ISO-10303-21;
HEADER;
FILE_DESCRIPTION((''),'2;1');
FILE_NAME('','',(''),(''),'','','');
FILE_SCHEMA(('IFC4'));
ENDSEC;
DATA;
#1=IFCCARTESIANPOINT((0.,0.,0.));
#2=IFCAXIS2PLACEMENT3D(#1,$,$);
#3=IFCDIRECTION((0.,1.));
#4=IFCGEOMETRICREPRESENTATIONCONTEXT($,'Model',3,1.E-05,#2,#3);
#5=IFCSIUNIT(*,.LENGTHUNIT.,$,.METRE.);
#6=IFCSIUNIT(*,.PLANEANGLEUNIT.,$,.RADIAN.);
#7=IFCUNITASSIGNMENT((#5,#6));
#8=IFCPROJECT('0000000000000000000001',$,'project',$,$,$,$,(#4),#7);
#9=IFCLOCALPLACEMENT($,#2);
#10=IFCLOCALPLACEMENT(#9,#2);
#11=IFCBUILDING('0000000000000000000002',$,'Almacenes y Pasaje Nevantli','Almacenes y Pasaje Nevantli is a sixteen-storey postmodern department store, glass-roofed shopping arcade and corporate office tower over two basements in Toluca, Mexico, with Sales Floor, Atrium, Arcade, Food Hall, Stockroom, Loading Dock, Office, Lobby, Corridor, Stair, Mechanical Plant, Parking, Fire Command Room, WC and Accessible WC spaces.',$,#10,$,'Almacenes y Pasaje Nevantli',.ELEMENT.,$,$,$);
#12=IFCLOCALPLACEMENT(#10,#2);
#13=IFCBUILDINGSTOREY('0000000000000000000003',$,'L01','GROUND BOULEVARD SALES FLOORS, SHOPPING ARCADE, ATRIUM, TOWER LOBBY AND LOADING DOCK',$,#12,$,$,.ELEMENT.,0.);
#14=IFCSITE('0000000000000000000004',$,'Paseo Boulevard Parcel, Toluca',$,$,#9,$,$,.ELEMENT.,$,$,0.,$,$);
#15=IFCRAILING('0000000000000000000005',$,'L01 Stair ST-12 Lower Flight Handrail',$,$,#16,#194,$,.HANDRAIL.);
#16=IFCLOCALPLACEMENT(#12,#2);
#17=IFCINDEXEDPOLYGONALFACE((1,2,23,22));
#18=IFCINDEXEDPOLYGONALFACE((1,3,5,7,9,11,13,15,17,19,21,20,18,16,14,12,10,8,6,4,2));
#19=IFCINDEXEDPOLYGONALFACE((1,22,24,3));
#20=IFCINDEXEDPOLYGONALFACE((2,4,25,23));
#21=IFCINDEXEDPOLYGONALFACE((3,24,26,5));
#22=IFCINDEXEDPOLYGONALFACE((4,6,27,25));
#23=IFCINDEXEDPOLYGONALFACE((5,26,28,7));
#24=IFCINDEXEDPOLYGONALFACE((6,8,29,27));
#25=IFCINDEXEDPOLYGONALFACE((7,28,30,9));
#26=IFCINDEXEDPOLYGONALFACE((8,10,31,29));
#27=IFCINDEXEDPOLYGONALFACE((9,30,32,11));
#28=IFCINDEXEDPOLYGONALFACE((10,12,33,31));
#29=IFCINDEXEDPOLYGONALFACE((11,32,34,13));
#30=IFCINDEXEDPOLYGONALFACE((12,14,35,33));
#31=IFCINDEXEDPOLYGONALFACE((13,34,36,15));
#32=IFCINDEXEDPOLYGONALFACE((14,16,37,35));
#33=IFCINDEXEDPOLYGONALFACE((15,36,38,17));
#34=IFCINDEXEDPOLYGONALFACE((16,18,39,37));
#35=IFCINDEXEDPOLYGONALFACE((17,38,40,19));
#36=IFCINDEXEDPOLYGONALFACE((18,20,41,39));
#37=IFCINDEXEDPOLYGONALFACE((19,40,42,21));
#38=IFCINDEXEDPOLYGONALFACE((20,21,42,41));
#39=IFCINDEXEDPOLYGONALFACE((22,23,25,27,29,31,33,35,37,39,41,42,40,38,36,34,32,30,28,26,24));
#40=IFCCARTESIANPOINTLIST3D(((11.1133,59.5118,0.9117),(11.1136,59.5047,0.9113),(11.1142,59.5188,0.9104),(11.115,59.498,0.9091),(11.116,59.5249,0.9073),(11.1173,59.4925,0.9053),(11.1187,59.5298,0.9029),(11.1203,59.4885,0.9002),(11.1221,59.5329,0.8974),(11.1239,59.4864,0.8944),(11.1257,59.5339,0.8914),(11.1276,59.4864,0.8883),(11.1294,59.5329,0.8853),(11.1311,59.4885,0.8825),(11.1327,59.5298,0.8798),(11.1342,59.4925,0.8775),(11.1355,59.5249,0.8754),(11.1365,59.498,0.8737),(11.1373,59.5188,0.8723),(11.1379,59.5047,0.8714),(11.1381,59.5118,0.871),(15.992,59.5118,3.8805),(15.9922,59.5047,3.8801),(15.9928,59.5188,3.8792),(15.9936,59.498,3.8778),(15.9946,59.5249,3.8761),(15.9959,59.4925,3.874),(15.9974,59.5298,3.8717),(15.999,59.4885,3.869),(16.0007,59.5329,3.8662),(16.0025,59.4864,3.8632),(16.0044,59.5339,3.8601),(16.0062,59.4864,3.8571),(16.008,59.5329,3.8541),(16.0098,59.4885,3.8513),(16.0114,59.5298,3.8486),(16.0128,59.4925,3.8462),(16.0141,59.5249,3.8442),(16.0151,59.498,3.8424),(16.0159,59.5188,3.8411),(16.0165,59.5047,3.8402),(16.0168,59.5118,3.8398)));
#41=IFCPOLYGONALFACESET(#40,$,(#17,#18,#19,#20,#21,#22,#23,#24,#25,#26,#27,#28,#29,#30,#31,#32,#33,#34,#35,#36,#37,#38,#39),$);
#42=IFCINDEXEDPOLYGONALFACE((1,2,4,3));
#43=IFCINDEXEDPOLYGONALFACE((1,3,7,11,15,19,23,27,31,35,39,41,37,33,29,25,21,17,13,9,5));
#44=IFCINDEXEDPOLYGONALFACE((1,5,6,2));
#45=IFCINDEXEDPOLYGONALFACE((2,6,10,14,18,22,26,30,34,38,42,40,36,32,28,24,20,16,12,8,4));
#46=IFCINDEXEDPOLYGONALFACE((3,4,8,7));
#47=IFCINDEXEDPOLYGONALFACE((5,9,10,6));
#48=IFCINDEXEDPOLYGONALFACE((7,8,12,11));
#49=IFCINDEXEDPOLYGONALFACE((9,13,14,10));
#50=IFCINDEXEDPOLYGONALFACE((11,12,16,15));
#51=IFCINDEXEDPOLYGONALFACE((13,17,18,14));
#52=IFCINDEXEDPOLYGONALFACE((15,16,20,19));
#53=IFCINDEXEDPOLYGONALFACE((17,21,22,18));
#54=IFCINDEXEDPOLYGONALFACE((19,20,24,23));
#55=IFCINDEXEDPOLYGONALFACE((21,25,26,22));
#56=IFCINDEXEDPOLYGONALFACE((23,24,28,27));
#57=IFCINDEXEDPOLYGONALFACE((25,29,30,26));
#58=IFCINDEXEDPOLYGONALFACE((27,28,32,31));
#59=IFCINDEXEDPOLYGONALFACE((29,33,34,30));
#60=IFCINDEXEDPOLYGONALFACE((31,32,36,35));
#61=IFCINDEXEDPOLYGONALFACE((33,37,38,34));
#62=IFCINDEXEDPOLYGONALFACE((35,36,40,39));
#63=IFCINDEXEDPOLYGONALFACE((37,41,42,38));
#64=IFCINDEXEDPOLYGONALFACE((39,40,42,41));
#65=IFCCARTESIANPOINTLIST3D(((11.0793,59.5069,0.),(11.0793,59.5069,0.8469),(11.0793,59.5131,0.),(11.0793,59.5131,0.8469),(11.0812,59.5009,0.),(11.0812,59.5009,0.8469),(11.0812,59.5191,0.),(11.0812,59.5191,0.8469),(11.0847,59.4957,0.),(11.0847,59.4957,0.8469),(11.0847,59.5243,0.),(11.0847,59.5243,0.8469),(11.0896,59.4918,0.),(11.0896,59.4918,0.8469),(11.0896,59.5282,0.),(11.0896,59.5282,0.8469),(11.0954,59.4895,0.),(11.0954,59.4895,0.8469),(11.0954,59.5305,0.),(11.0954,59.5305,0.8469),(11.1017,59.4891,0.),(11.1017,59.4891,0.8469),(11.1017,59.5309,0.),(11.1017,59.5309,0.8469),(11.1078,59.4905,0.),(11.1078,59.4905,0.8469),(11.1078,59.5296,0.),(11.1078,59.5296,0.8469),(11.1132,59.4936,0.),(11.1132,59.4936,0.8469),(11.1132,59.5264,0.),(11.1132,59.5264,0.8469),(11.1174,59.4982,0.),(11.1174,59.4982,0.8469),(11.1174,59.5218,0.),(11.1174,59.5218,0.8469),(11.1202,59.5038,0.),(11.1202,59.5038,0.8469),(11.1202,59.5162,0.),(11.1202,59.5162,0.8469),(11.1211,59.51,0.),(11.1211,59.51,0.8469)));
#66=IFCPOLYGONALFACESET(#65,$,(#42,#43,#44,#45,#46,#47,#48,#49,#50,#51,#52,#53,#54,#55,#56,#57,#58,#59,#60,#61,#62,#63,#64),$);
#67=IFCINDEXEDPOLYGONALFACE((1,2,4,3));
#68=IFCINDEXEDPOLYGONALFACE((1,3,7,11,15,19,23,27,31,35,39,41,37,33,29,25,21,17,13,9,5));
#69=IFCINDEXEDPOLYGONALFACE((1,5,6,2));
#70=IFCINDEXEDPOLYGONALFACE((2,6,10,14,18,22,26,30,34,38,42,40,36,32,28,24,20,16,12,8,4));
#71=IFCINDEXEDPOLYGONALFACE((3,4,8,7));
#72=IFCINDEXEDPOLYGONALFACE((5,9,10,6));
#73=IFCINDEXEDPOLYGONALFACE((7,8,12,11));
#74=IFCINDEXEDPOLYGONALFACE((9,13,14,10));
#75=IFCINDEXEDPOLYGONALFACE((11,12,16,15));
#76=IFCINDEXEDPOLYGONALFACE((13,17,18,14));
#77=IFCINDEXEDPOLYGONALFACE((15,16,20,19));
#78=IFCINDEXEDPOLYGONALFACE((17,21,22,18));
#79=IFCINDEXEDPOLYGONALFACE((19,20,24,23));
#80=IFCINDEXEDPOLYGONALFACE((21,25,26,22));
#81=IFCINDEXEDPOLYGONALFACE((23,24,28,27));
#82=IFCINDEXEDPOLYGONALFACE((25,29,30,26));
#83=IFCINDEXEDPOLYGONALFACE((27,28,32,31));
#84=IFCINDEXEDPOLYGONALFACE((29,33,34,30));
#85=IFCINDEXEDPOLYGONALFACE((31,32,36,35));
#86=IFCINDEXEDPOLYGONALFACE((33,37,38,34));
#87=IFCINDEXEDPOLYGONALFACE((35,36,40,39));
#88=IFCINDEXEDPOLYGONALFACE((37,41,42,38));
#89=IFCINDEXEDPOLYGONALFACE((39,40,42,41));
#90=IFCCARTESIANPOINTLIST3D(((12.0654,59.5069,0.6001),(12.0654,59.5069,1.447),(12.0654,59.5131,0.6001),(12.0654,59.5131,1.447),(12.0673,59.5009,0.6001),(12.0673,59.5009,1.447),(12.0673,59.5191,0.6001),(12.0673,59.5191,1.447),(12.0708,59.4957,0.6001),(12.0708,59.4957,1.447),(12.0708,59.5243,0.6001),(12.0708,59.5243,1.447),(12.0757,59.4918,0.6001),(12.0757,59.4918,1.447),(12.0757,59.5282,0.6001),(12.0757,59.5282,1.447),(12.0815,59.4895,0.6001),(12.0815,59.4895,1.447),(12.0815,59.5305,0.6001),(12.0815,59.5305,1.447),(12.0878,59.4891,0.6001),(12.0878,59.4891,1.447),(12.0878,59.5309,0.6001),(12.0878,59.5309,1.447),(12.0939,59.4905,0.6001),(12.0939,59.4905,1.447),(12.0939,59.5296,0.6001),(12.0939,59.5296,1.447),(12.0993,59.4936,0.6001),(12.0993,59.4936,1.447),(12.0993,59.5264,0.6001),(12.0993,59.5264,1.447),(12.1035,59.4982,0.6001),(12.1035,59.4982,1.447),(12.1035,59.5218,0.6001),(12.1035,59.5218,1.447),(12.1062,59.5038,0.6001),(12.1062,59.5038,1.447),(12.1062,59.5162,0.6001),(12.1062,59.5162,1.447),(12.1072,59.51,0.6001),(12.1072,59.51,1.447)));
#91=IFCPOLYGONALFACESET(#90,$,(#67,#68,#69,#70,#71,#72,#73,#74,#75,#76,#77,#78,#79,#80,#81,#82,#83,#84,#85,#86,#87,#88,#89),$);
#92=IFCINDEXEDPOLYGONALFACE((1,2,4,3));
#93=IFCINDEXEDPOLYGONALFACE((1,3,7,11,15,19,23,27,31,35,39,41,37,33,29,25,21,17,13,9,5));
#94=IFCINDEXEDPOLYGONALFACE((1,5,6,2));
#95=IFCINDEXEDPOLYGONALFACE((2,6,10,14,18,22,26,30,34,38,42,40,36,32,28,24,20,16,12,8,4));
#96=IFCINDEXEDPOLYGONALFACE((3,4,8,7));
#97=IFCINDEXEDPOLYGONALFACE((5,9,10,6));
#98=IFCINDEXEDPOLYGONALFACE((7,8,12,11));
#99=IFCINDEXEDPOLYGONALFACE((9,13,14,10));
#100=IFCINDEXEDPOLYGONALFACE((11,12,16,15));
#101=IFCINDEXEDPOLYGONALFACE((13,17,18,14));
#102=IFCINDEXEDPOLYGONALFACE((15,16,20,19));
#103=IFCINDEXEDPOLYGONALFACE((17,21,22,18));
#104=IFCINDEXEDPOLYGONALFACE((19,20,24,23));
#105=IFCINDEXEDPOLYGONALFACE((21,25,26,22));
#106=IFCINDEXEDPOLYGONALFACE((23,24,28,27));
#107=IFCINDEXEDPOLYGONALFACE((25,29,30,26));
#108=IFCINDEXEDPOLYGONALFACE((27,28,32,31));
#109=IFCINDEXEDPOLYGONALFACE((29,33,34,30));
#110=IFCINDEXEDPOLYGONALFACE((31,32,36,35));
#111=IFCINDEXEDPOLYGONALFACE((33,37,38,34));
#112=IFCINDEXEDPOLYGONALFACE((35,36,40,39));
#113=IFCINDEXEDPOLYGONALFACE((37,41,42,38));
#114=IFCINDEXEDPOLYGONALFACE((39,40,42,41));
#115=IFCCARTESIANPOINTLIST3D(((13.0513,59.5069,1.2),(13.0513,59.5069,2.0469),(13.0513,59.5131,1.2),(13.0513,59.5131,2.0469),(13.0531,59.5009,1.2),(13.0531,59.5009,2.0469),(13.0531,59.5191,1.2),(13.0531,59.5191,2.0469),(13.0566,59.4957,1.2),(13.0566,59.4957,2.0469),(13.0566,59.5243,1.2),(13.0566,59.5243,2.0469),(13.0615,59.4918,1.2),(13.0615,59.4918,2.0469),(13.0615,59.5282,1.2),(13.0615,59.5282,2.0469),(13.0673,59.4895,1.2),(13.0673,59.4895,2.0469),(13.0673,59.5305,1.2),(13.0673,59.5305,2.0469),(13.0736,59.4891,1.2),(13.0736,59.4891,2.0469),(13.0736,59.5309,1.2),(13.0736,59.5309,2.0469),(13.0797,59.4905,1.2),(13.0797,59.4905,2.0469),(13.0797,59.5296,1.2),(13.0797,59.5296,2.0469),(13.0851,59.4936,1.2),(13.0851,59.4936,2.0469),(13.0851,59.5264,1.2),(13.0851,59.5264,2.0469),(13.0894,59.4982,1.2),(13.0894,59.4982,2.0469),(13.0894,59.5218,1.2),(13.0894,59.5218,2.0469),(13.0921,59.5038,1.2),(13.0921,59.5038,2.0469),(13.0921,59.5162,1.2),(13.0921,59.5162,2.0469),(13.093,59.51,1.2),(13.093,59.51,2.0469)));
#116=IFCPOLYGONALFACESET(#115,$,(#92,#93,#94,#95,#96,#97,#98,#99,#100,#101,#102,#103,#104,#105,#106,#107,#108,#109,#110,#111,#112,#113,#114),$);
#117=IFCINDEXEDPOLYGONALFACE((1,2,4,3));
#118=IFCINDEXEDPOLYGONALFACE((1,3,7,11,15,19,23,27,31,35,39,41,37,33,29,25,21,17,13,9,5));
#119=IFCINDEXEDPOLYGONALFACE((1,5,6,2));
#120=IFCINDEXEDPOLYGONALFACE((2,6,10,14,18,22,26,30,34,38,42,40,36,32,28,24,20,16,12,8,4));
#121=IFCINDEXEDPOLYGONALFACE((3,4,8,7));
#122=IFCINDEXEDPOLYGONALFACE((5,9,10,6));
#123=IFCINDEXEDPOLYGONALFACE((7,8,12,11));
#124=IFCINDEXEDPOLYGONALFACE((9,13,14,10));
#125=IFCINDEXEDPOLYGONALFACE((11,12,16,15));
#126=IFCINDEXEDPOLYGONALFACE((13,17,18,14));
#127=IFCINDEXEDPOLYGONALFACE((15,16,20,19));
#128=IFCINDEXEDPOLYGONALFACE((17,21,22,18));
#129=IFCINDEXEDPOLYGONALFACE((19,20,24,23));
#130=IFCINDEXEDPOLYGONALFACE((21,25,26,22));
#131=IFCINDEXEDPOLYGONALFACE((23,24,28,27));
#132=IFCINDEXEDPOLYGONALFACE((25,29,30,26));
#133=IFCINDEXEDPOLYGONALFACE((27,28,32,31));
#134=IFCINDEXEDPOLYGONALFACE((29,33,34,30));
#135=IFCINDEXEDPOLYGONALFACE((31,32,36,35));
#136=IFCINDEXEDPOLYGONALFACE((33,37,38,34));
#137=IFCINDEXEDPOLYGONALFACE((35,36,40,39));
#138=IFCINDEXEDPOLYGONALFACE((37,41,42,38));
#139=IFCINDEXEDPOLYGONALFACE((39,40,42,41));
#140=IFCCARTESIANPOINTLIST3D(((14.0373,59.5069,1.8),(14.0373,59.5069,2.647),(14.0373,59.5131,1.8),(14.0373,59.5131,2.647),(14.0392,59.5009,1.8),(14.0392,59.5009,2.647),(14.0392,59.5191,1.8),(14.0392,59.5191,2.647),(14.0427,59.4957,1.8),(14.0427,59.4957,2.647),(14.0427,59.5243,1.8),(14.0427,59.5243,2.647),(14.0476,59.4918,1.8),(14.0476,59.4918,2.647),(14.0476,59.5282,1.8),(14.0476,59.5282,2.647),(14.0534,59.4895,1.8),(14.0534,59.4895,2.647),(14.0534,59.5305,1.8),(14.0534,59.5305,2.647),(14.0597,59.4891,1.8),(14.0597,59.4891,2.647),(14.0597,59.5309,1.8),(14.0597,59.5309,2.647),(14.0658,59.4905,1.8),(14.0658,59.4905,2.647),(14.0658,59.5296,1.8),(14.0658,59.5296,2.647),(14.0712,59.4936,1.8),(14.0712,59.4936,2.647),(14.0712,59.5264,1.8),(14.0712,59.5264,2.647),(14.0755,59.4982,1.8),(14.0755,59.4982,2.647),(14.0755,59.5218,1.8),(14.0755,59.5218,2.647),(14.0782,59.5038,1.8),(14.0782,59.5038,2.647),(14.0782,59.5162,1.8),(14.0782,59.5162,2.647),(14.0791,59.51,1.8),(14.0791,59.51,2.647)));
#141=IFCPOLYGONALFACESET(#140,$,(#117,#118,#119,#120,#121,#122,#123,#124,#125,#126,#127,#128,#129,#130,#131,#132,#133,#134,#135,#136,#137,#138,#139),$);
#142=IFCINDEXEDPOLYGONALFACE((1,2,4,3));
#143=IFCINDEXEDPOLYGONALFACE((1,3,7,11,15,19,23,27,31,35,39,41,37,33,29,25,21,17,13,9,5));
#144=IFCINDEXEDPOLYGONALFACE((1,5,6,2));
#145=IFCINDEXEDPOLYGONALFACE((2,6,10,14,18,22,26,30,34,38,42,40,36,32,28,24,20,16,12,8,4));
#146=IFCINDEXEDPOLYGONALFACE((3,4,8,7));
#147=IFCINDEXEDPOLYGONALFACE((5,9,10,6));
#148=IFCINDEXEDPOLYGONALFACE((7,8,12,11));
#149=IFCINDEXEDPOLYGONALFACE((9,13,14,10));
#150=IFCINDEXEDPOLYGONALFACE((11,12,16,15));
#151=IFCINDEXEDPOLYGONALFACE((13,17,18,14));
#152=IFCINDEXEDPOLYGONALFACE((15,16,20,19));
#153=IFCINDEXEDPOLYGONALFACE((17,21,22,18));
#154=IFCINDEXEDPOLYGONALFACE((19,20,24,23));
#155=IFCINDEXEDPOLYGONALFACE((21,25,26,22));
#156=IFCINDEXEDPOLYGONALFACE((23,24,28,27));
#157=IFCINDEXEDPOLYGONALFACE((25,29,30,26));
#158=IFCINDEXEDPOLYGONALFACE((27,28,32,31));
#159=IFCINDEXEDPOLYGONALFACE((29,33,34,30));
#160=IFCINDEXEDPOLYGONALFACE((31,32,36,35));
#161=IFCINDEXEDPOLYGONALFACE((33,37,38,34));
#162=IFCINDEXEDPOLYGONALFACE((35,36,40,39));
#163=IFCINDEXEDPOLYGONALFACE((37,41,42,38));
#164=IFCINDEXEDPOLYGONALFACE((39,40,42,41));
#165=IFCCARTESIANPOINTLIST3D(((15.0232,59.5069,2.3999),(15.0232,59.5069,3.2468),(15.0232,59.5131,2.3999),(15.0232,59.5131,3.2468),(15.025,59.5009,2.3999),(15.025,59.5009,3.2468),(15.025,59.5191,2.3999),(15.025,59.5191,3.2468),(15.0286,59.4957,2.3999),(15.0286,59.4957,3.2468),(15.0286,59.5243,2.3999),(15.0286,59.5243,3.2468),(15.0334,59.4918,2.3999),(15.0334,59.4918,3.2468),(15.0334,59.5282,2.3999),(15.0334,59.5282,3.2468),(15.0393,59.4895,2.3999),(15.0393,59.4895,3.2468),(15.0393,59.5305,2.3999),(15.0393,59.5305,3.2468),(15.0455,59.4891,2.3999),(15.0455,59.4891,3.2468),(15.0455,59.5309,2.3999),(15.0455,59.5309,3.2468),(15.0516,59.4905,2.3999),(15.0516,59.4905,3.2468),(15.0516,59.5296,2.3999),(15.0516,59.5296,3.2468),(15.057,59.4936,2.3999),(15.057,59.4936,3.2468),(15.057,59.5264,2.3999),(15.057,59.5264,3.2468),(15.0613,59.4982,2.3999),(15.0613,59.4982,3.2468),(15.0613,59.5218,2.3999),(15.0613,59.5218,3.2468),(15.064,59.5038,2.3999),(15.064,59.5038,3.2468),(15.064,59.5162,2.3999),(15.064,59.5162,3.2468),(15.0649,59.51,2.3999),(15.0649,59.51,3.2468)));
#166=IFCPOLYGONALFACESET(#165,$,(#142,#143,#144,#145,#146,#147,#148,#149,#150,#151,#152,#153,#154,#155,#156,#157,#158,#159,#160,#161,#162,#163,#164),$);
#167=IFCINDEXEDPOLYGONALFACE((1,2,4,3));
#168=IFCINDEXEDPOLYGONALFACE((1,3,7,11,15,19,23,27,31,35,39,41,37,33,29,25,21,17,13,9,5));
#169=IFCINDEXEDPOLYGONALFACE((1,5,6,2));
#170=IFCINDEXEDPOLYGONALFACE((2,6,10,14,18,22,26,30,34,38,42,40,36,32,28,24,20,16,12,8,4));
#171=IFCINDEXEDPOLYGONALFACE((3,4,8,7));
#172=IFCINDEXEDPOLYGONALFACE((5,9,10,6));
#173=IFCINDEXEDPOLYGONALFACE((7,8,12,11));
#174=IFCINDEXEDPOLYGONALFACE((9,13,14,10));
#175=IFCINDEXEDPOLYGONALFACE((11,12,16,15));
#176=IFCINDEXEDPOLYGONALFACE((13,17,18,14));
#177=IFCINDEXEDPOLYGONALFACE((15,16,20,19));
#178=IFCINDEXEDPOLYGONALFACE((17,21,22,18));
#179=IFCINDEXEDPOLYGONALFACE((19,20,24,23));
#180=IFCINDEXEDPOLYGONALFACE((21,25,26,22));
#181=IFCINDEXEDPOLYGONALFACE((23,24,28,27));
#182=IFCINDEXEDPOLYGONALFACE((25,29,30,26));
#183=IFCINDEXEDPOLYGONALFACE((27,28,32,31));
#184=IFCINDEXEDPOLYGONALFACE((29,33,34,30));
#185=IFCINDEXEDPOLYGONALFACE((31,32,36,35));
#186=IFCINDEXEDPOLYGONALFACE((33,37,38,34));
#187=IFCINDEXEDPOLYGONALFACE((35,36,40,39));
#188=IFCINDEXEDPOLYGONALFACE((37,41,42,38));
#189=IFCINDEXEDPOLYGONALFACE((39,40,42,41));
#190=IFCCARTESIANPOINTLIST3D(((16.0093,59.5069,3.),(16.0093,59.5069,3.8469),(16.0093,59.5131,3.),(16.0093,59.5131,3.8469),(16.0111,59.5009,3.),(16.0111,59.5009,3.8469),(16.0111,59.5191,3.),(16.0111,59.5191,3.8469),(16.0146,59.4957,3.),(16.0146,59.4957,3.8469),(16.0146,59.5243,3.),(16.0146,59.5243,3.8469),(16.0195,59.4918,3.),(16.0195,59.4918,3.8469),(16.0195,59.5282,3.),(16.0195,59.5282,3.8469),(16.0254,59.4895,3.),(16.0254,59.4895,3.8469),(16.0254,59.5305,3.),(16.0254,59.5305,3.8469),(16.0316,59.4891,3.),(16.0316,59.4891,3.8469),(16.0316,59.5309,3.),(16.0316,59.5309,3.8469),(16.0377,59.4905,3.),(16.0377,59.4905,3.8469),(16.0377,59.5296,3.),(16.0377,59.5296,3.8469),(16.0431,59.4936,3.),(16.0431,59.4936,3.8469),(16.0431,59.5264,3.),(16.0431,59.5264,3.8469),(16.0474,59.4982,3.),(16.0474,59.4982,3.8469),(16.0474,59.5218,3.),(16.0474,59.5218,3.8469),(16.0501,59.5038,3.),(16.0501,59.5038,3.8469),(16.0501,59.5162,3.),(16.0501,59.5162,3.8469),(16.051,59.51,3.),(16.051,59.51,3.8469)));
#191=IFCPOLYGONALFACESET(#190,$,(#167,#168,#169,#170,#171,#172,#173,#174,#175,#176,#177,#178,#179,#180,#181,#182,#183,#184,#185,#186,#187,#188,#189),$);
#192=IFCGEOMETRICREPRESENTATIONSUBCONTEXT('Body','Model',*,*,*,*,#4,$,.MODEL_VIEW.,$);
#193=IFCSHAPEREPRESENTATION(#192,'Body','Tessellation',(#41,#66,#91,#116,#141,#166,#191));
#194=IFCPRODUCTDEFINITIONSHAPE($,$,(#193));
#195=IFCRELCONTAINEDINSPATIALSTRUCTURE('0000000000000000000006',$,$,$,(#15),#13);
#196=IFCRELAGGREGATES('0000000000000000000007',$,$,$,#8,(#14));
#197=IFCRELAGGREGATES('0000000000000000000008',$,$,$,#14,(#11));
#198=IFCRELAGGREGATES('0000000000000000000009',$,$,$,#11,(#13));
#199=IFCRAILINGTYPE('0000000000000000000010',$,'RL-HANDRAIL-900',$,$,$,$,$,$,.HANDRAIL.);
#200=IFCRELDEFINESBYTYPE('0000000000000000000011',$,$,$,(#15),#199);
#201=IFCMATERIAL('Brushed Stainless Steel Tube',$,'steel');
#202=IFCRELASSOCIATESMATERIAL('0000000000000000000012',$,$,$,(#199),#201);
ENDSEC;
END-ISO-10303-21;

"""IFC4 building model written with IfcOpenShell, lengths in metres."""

from ifc_helpers import new_model, si_unit, direction, frame, origin, origin_2d, place, context, subcontext, project, spatial, circle, extrude, material, type_object, element, save


model = new_model("IFC4")

# Units and contexts
model_context = context("Model", 3, precision=1e-05, world=origin(), true_north=direction((0.0, 1.0)))
body_context = subcontext(model_context, "Body", "Model", "MODEL_VIEW")
ifc_project = project(units=[si_unit("LENGTHUNIT", "METRE"), si_unit("PLANEANGLEUNIT", "RADIAN")], contexts=[model_context])

# Site, building, storey
site_placement = place(None, origin())
site = spatial("IfcSite", under=ifc_project, at=site_placement, Name="Paseo Boulevard Parcel, Toluca", CompositionType="ELEMENT", RefElevation=0.0)
building_placement = place(site_placement, origin())
building = spatial("IfcBuilding", under=site, at=building_placement, Name="Almacenes y Pasaje Nevantli", Description="Almacenes y Pasaje Nevantli is a sixteen-storey postmodern department store, glass-roofed shopping arcade and corporate office tower over two basements in Toluca, Mexico, with Sales Floor, Atrium, Arcade, Food Hall, Stockroom, Loading Dock, Office, Lobby, Corridor, Stair, Mechanical Plant, Parking, Fire Command Room, WC and Accessible WC spaces.", LongName="Almacenes y Pasaje Nevantli", CompositionType="ELEMENT")
storey_placement = place(building_placement, origin())
storey = spatial("IfcBuildingStorey", under=building, at=storey_placement, Name="L01", Description="GROUND BOULEVARD SALES FLOORS, SHOPPING ARCADE, ATRIUM, TOWER LOBBY AND LOADING DOCK", CompositionType="ELEMENT", Elevation=0.0)

# Railing
ifc_material_1 = material(Name="Brushed Stainless Steel Tube", Category="steel")
railing_type_1 = type_object("IfcRailingType", Name="RL-HANDRAIL-900", PredefinedType="HANDRAIL", material=ifc_material_1)
railing_1_placement = place(storey_placement, frame((11.1001, 59.51, 0.0)))
element("IfcRailing", 1, at=railing_1_placement, inside=storey, type_object=railing_type_1, Name="L01 Stair ST-12 Lower Flight Handrail", PredefinedType="HANDRAIL", context=body_context, shape_type="SweptSolid", body=[
    extrude(circle(Radius=0.0239, at=origin_2d()), frame((0.0256, 0.0, 0.8914), z_axis=(0.854262, 0.0, 0.519842), x_axis=(0.0, 1.0, 0.0)), (0.0, 0.0, 1.0), 5.7109),
    extrude(circle(Radius=0.021, at=origin_2d()), origin(), (0.0, 0.0, 1.0), 0.8469),
    extrude(circle(Radius=0.021, at=origin_2d()), frame((0.9861, 0.0, 0.6001)), (0.0, 0.0, 1.0), 0.8469),
    extrude(circle(Radius=0.021, at=origin_2d()), frame((1.9719, 0.0, 1.2)), (0.0, 0.0, 1.0), 0.8469),
    extrude(circle(Radius=0.021, at=origin_2d()), frame((2.958, 0.0, 1.8)), (0.0, 0.0, 1.0), 0.8469),
    extrude(circle(Radius=0.021, at=origin_2d()), frame((3.9438, 0.0, 2.3999)), (0.0, 0.0, 1.0), 0.8469),
    extrude(circle(Radius=0.021, at=origin_2d()), frame((4.9299, 0.0, 3.0)), (0.0, 0.0, 1.0), 0.8469),
])

save(model, "model.ifc")
